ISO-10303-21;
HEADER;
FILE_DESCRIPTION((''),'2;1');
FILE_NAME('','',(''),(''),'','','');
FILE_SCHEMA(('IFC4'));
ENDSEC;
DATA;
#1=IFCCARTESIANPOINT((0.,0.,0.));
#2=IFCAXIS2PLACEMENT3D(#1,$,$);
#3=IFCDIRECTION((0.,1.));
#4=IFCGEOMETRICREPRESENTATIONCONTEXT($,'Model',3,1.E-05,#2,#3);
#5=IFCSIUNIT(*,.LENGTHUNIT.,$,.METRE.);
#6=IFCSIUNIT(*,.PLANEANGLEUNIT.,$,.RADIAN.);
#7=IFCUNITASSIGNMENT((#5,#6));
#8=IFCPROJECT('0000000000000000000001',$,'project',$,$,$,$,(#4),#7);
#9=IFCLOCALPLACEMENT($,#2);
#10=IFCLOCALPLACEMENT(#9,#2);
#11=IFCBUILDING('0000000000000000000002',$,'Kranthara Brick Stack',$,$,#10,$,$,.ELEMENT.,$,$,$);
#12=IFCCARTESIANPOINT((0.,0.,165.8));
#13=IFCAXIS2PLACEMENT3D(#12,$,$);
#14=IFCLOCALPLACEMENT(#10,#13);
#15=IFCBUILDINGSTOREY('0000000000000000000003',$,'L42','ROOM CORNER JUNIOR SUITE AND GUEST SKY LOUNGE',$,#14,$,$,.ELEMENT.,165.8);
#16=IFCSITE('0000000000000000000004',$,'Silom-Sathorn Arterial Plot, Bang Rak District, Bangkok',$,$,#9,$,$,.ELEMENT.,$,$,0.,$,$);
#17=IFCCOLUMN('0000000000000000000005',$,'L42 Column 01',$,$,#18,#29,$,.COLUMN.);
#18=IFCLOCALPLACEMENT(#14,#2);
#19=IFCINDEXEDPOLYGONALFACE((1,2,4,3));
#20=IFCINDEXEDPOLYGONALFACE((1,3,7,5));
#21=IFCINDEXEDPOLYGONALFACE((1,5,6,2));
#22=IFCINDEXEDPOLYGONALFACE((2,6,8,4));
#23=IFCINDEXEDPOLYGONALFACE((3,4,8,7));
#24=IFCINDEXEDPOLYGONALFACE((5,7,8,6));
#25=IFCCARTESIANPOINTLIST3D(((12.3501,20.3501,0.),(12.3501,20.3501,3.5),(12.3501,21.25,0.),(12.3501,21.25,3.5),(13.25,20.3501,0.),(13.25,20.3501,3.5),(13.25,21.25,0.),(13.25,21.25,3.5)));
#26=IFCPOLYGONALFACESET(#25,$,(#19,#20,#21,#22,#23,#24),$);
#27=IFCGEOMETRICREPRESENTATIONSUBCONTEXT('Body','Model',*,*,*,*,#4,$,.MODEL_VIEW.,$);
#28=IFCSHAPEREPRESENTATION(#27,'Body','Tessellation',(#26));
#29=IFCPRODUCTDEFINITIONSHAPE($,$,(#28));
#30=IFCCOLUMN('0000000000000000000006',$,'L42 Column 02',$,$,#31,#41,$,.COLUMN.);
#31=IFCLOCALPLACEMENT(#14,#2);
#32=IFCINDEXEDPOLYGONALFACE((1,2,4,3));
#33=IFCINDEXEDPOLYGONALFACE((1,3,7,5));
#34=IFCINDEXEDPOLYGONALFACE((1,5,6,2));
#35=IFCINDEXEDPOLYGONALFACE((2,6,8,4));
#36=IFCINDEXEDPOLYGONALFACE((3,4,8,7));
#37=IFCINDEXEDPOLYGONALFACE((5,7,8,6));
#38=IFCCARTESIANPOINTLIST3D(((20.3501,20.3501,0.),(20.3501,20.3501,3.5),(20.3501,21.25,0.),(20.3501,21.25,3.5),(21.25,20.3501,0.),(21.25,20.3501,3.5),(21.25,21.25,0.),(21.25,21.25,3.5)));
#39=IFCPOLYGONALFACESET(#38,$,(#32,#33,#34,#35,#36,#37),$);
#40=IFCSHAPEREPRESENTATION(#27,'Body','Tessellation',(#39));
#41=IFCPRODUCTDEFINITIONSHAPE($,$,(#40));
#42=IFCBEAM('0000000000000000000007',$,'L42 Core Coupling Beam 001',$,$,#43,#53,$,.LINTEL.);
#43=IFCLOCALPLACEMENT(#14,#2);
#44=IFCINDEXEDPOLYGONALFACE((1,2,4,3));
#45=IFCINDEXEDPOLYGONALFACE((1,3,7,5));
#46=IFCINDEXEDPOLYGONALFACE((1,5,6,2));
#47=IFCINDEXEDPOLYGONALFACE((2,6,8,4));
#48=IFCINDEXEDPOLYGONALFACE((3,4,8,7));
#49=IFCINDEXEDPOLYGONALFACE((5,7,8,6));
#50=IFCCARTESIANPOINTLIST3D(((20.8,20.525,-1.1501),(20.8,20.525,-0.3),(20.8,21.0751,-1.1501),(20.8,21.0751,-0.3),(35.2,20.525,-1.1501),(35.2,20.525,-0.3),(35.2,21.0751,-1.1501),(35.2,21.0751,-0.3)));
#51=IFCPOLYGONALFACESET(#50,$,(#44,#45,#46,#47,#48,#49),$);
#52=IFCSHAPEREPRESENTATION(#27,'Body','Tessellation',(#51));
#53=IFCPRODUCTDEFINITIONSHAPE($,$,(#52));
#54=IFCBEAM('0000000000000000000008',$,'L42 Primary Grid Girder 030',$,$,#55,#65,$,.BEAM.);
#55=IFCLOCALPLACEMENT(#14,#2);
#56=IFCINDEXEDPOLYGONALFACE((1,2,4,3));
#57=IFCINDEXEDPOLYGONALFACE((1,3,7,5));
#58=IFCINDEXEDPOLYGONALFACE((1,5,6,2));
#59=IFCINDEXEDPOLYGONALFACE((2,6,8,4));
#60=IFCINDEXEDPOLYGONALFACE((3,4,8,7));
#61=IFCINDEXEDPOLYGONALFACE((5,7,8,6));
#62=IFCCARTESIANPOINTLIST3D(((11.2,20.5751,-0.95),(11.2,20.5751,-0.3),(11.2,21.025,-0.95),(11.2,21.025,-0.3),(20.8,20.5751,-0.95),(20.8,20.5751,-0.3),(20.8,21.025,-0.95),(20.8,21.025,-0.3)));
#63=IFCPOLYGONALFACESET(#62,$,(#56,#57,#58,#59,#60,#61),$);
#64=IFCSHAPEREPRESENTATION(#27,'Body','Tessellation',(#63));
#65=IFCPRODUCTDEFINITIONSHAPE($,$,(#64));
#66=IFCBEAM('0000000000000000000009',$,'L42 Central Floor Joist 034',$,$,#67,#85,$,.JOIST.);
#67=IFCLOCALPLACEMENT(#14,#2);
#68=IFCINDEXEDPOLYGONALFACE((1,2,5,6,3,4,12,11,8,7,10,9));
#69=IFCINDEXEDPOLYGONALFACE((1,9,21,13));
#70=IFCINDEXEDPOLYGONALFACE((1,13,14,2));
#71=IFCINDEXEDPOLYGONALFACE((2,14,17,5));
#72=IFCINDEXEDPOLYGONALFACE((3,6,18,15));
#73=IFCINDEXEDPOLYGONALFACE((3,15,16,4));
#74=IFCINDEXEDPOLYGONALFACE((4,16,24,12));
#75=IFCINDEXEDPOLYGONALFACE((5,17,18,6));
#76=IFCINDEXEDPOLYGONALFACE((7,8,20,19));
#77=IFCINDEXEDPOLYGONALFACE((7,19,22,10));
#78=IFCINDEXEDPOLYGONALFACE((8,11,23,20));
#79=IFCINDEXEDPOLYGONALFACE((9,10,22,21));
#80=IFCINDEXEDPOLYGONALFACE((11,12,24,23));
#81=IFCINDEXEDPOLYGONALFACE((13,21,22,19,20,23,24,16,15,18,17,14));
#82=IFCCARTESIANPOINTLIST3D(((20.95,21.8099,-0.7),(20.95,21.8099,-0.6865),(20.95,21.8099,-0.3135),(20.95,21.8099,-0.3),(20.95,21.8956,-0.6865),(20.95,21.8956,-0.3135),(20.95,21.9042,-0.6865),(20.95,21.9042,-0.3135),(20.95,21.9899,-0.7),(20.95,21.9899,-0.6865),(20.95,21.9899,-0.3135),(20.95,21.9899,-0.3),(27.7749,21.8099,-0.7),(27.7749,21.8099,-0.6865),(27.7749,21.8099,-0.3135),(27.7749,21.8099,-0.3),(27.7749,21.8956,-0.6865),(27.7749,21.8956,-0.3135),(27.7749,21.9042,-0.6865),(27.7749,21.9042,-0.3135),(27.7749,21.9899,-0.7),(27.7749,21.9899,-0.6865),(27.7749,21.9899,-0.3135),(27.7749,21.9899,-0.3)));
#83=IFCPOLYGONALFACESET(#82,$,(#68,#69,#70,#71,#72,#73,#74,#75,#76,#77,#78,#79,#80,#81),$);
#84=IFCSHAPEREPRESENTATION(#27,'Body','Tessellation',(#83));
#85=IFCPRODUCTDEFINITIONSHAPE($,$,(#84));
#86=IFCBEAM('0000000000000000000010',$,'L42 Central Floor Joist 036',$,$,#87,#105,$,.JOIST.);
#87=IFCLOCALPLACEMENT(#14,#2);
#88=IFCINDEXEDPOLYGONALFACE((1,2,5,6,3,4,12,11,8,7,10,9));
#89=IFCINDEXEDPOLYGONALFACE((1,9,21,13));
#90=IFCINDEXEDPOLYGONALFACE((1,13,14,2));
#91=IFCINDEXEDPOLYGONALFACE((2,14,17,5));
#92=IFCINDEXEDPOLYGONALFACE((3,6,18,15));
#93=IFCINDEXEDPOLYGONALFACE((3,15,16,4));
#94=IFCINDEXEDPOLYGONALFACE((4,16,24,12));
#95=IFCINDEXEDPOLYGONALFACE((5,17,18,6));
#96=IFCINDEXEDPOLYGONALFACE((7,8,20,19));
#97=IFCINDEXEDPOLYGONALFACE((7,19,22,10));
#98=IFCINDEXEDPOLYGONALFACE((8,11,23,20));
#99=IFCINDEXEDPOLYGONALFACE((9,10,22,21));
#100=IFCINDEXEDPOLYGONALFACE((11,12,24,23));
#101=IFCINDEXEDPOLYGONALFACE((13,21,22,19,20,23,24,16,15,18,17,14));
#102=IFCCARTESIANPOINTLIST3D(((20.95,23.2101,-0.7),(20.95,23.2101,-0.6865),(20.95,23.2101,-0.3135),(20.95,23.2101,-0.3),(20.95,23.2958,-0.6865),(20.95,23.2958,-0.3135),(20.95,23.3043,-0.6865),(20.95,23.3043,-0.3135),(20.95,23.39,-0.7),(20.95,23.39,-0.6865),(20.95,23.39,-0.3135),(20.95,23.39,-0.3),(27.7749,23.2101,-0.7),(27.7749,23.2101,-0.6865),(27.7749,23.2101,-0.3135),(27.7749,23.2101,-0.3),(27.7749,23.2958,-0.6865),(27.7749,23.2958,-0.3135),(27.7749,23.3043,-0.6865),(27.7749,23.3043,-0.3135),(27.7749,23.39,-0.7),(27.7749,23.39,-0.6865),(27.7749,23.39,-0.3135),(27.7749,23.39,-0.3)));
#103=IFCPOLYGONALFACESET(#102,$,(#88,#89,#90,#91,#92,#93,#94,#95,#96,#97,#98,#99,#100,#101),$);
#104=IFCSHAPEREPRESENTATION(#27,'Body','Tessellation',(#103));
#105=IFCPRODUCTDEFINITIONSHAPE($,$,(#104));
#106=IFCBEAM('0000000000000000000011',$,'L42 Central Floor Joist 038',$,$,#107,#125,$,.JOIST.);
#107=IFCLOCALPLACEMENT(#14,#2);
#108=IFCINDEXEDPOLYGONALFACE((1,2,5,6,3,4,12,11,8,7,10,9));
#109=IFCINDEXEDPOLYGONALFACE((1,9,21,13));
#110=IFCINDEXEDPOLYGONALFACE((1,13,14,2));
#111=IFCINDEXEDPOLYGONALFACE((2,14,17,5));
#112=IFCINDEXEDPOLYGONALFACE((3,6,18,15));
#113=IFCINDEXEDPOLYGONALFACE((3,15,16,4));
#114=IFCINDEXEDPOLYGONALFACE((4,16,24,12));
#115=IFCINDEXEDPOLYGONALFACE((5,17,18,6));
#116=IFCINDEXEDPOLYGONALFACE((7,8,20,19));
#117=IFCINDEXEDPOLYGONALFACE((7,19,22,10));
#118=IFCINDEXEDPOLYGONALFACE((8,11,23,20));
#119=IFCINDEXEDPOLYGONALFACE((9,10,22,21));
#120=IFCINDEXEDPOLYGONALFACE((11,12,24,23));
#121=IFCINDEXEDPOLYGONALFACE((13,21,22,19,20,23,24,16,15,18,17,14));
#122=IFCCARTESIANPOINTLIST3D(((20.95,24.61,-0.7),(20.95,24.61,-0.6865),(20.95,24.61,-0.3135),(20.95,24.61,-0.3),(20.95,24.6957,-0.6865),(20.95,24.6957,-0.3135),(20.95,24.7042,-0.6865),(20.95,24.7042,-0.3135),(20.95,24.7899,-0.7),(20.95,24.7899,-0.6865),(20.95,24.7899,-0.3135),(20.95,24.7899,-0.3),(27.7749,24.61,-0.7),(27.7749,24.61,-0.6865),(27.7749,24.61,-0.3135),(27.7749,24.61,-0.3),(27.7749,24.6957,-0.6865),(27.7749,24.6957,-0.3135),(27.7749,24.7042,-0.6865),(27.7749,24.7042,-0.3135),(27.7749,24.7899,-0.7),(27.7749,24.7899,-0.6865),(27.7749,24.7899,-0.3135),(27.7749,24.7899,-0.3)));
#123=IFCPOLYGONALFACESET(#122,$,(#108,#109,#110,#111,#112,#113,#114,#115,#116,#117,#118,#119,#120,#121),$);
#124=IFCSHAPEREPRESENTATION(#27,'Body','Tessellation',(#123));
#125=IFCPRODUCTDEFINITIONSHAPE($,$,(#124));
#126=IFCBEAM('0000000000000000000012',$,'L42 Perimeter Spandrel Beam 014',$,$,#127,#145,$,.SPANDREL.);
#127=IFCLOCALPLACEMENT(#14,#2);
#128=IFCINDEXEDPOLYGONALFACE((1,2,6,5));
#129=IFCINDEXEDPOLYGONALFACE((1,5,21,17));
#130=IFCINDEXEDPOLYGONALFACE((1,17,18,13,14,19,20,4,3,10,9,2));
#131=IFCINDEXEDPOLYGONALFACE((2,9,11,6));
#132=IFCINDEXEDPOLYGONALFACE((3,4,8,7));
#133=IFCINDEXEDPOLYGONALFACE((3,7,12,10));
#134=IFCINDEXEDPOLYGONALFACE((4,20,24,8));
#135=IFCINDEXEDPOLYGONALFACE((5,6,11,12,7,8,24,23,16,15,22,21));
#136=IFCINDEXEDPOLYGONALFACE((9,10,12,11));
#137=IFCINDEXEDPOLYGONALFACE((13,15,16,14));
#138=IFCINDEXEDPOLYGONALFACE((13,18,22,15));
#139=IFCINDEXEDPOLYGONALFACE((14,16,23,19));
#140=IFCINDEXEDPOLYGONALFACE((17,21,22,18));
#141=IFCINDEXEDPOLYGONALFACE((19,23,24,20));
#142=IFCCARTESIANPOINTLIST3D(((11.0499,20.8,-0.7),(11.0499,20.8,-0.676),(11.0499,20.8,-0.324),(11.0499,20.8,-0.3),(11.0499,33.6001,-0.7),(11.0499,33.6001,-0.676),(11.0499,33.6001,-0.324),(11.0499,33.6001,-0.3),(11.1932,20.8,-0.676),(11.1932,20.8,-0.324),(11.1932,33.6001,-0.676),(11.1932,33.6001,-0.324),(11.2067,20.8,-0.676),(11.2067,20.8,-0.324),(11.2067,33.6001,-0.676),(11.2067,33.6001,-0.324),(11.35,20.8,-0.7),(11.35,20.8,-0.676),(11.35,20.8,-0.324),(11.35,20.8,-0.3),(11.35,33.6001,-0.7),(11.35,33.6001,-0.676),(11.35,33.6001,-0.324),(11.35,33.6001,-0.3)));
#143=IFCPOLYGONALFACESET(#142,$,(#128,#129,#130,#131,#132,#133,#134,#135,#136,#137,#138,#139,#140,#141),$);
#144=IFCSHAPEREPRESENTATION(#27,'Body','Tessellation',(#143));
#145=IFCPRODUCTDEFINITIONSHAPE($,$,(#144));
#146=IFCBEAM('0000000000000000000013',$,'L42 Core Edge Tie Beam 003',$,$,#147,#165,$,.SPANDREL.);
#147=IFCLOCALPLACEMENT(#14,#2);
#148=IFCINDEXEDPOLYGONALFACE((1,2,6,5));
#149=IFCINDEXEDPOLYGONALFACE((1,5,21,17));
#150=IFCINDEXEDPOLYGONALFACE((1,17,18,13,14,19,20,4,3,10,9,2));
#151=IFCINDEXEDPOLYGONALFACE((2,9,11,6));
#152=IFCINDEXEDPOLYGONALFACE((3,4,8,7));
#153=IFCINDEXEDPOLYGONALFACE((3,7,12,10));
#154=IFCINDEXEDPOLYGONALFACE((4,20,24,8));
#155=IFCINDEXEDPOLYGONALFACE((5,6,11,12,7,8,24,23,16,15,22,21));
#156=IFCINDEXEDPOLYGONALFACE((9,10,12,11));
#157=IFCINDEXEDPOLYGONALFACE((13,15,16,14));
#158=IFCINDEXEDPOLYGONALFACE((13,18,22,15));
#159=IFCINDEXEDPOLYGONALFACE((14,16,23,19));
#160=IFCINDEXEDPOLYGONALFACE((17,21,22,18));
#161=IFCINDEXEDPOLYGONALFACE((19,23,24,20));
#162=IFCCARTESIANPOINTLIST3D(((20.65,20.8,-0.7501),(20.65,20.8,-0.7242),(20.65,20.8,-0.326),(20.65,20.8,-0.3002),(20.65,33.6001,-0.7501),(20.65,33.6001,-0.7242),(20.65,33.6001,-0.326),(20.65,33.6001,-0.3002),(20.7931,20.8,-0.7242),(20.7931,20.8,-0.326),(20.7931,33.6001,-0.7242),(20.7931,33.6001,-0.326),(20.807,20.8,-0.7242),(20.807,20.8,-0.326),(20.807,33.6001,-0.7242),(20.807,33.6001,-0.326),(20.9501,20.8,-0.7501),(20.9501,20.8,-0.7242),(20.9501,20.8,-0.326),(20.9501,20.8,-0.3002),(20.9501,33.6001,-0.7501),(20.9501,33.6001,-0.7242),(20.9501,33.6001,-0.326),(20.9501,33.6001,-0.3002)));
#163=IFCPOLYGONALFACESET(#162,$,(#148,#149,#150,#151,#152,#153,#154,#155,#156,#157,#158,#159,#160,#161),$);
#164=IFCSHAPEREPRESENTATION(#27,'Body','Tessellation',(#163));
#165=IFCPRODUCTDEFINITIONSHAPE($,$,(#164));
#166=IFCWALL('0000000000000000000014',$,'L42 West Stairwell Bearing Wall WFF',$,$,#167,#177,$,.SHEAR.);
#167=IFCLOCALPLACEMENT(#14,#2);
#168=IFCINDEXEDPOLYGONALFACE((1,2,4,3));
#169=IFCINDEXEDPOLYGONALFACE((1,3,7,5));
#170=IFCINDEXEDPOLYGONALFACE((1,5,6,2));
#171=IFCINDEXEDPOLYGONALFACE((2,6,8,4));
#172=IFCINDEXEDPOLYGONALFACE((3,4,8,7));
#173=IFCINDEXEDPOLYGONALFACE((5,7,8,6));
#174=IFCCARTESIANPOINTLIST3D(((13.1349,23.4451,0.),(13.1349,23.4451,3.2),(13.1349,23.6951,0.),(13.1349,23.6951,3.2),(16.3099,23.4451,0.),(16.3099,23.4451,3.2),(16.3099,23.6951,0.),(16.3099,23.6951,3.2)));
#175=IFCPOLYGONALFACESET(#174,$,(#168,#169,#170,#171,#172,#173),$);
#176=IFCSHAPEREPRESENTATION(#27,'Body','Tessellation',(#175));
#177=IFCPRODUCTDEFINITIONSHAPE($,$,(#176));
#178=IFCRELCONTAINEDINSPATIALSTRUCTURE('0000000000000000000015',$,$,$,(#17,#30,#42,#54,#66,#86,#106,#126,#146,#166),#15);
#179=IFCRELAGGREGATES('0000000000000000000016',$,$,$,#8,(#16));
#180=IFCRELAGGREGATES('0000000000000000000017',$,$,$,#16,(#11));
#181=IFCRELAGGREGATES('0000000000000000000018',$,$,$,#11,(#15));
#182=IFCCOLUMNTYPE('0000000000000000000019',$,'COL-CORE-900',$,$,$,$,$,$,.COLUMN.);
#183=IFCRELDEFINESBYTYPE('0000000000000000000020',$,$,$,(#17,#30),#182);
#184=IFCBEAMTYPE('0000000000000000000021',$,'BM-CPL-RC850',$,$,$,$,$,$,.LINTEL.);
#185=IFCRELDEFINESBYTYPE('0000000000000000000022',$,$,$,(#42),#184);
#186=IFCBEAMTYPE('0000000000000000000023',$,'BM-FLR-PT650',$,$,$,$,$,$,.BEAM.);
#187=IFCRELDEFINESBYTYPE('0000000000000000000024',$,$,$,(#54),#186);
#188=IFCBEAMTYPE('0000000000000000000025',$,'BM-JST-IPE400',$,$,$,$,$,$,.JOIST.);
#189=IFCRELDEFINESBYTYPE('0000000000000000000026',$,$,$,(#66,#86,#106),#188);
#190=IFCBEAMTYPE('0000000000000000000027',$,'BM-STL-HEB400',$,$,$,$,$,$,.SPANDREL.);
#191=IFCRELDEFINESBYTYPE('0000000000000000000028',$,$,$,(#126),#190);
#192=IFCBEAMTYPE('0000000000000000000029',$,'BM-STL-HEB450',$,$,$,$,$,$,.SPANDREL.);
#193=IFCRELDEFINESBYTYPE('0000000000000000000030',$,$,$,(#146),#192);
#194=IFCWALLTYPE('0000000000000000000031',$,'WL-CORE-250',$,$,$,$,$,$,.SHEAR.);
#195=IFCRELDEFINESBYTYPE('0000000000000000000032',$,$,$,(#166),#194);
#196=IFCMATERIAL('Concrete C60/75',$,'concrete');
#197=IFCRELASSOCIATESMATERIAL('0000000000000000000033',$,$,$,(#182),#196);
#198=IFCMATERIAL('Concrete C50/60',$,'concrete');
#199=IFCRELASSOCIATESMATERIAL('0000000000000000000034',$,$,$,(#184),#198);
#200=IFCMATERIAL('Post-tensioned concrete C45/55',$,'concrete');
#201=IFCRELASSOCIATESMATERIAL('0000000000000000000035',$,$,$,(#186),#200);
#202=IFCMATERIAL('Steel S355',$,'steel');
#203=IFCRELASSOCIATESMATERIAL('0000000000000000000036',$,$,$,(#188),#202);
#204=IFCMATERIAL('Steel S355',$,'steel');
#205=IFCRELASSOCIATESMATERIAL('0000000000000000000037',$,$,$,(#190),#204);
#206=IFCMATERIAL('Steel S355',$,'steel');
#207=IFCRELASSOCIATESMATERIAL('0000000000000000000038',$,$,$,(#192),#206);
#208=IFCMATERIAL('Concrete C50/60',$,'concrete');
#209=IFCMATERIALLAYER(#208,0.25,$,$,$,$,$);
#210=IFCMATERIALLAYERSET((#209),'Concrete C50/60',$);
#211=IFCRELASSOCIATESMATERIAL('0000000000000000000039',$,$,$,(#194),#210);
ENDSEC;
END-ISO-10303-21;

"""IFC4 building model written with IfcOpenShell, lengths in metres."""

from ifc_helpers import new_model, si_unit, direction, frame, frame_2d, origin, origin_2d, place, context, subcontext, project, spatial, rectangle, i_section, extrude, material, layer, layer_set, material_profile, profile_set, type_object, element, save


model = new_model("IFC4")

# Units and contexts
model_context = context("Model", 3, precision=1e-05, world=origin(), true_north=direction((0.0, 1.0)))
body_context = subcontext(model_context, "Body", "Model", "MODEL_VIEW")
ifc_project = project(units=[si_unit("LENGTHUNIT", "METRE"), si_unit("PLANEANGLEUNIT", "RADIAN")], contexts=[model_context])

# Site, building, storey
site_placement = place(None, origin())
site = spatial("IfcSite", under=ifc_project, at=site_placement, Name="Silom-Sathorn Arterial Plot, Bang Rak District, Bangkok", CompositionType="ELEMENT", RefElevation=0.0)
building_placement = place(site_placement, origin())
building = spatial("IfcBuilding", under=site, at=building_placement, Name="Kranthara Brick Stack", CompositionType="ELEMENT")
storey_placement = place(building_placement, frame((0.0, 0.0, 165.8)))
storey = spatial("IfcBuildingStorey", under=building, at=storey_placement, Name="L42", Description="ROOM CORNER JUNIOR SUITE AND GUEST SKY LOUNGE", CompositionType="ELEMENT", Elevation=165.8)

# Columns
ifc_material_1 = material(Name="Concrete C60/75", Category="concrete")
ifc_material_profile_1 = material_profile(ifc_material_1, rectangle(XDim=0.8999, YDim=0.8999, at=origin_2d()), Name="RC 900x900")
ifc_profile_set_1 = profile_set([ifc_material_profile_1], Name="Concrete C60/75")
column_type = type_object("IfcColumnType", Name="COL-CORE-900", PredefinedType="COLUMN", material=ifc_profile_set_1)
for number, where, z_axis, x_axis, name in (
    (1, (12.8, 20.8, 0.0), (0.0, 0.0, 1.0), (1.0, 0.0, 0.0), "L42 Column 01"),
    (2, (20.8, 20.8, 0.0), (0.0, 0.0, 1.0), (1.0, 0.0, 0.0), "L42 Column 02"),
):
    element("IfcColumn", number, at=place(storey_placement, frame(where, z_axis=z_axis, x_axis=x_axis)), inside=storey, type_object=column_type, Name=name, PredefinedType="COLUMN", context=body_context, shape_type="SweptSolid", body=[
        extrude(rectangle(XDim=0.8999, YDim=0.8999, at=origin_2d()), origin(), (0.0, 0.0, 1.0), 3.5),
    ])

# Beams
ifc_material_2 = material(Name="Concrete C50/60", Category="concrete")
ifc_material_profile_2 = material_profile(ifc_material_2, rectangle(XDim=0.55, YDim=0.8501, at=origin_2d()), Name="RC 550x850")
ifc_profile_set_2 = profile_set([ifc_material_profile_2], Name="Concrete C50/60")
beam_type_1 = type_object("IfcBeamType", Name="BM-CPL-RC850", PredefinedType="LINTEL", material=ifc_profile_set_2)
beam_1_placement = place(storey_placement, frame((20.8, 20.8, -0.7251), z_axis=(1.0, 0.0, 0.0), x_axis=(0.0, 1.0, 0.0)))
element("IfcBeam", 3, at=beam_1_placement, inside=storey, type_object=beam_type_1, Name="L42 Core Coupling Beam 001", PredefinedType="LINTEL", context=body_context, shape_type="SweptSolid", body=[
    extrude(rectangle(XDim=0.55, YDim=0.8501, at=origin_2d()), origin(), (0.0, 0.0, 1.0), 14.3999),
])
ifc_material_3 = material(Name="Post-tensioned concrete C45/55", Category="concrete")
ifc_material_profile_3 = material_profile(ifc_material_3, rectangle(XDim=0.45, YDim=0.6499, at=origin_2d()), Name="PT 450x650")
ifc_profile_set_3 = profile_set([ifc_material_profile_3], Name="Post-tensioned concrete C45/55")
beam_type_2 = type_object("IfcBeamType", Name="BM-FLR-PT650", PredefinedType="BEAM", material=ifc_profile_set_3)
beam_2_placement = place(storey_placement, frame((11.2, 20.8, -0.625), z_axis=(1.0, 0.0, 0.0), x_axis=(0.0, 1.0, 0.0)))
element("IfcBeam", 4, at=beam_2_placement, inside=storey, type_object=beam_type_2, Name="L42 Primary Grid Girder 030", PredefinedType="BEAM", context=body_context, shape_type="SweptSolid", body=[
    extrude(rectangle(XDim=0.45, YDim=0.6499, at=origin_2d()), origin(), (0.0, 0.0, 1.0), 9.6001),
])
ifc_material_4 = material(Name="Steel S355", Category="steel")
ifc_material_profile_4 = material_profile(ifc_material_4, i_section(OverallWidth=0.1799, OverallDepth=0.3999, WebThickness=0.0085, FlangeThickness=0.0134, at=origin_2d()), Name="IPE 400")
ifc_profile_set_4 = profile_set([ifc_material_profile_4], Name="Steel S355")
beam_type_3 = type_object("IfcBeamType", Name="BM-JST-IPE400", PredefinedType="JOIST", material=ifc_profile_set_4)
for number, where, z_axis, x_axis, name in (
    (5, (20.95, 21.8999, -0.5), (1.0, 0.0, 0.0), (0.0, 1.0, 0.0), "L42 Central Floor Joist 034"),
    (6, (20.95, 23.3, -0.5), (1.0, 0.0, 0.0), (0.0, 1.0, 0.0), "L42 Central Floor Joist 036"),
    (7, (20.95, 24.7, -0.5), (1.0, 0.0, 0.0), (0.0, 1.0, 0.0), "L42 Central Floor Joist 038"),
):
    element("IfcBeam", number, at=place(storey_placement, frame(where, z_axis=z_axis, x_axis=x_axis)), inside=storey, type_object=beam_type_3, Name=name, PredefinedType="JOIST", context=body_context, shape_type="SweptSolid", body=[
        extrude(i_section(OverallWidth=0.1799, OverallDepth=0.3999, WebThickness=0.0085, FlangeThickness=0.0134, at=origin_2d()), origin(), (0.0, 0.0, 1.0), 6.825),
    ])
ifc_material_5 = material(Name="Steel S355", Category="steel")
ifc_material_profile_5 = material_profile(ifc_material_5, i_section(OverallWidth=0.3, OverallDepth=0.3999, WebThickness=0.0134, FlangeThickness=0.0239, at=origin_2d()), Name="HEB 400")
ifc_profile_set_5 = profile_set([ifc_material_profile_5], Name="Steel S355")
beam_type_4 = type_object("IfcBeamType", Name="BM-STL-HEB400", PredefinedType="SPANDREL", material=ifc_profile_set_5)
beam_3_placement = place(storey_placement, frame((11.2, 20.8, -0.5), z_axis=(0.0, 1.0, 0.0), x_axis=(-1.0, 0.0, 0.0)))
element("IfcBeam", 8, at=beam_3_placement, inside=storey, type_object=beam_type_4, Name="L42 Perimeter Spandrel Beam 014", PredefinedType="SPANDREL", context=body_context, shape_type="SweptSolid", body=[
    extrude(i_section(OverallWidth=0.3, OverallDepth=0.3999, WebThickness=0.0134, FlangeThickness=0.0239, at=origin_2d()), origin(), (0.0, 0.0, 1.0), 12.8),
])
ifc_material_6 = material(Name="Steel S355", Category="steel")
ifc_material_profile_6 = material_profile(ifc_material_6, i_section(OverallWidth=0.3, OverallDepth=0.45, WebThickness=0.0139, FlangeThickness=0.0259, at=origin_2d()), Name="HEB 450")
ifc_profile_set_6 = profile_set([ifc_material_profile_6], Name="Steel S355")
beam_type_5 = type_object("IfcBeamType", Name="BM-STL-HEB450", PredefinedType="SPANDREL", material=ifc_profile_set_6)
beam_4_placement = place(storey_placement, frame((20.8, 20.8, -0.5251), z_axis=(0.0, 1.0, 0.0), x_axis=(-1.0, 0.0, 0.0)))
element("IfcBeam", 9, at=beam_4_placement, inside=storey, type_object=beam_type_5, Name="L42 Core Edge Tie Beam 003", PredefinedType="SPANDREL", context=body_context, shape_type="SweptSolid", body=[
    extrude(i_section(OverallWidth=0.3, OverallDepth=0.45, WebThickness=0.0139, FlangeThickness=0.0259, at=origin_2d()), origin(), (0.0, 0.0, 1.0), 12.8),
])

# Shared definitions
ifc_material_7 = material(Name="Concrete C50/60", Category="concrete")
ifc_layer_1 = layer(ifc_material_7, 0.25)
ifc_layer_set_1 = layer_set([ifc_layer_1], Name="Concrete C50/60")
wall_type_1 = type_object("IfcWallType", Name="WL-CORE-250", PredefinedType="SHEAR", material=ifc_layer_set_1)

# Wall
wall_1_placement = place(storey_placement, frame((13.135, 23.5701, 0.0), z_axis=(0.0, 0.0, 1.0), x_axis=(1.0, 0.0, 0.0)))
element("IfcWall", 10, at=wall_1_placement, inside=storey, type_object=wall_type_1, Name="L42 West Stairwell Bearing Wall WFF", PredefinedType="SHEAR", context=body_context, shape_type="SweptSolid", body=[
    extrude(rectangle(XDim=3.175, YDim=0.25, at=frame_2d((1.5874, 0.0))), origin(), (0.0, 0.0, 1.0), 3.2),
])

save(model, "model.ifc")
